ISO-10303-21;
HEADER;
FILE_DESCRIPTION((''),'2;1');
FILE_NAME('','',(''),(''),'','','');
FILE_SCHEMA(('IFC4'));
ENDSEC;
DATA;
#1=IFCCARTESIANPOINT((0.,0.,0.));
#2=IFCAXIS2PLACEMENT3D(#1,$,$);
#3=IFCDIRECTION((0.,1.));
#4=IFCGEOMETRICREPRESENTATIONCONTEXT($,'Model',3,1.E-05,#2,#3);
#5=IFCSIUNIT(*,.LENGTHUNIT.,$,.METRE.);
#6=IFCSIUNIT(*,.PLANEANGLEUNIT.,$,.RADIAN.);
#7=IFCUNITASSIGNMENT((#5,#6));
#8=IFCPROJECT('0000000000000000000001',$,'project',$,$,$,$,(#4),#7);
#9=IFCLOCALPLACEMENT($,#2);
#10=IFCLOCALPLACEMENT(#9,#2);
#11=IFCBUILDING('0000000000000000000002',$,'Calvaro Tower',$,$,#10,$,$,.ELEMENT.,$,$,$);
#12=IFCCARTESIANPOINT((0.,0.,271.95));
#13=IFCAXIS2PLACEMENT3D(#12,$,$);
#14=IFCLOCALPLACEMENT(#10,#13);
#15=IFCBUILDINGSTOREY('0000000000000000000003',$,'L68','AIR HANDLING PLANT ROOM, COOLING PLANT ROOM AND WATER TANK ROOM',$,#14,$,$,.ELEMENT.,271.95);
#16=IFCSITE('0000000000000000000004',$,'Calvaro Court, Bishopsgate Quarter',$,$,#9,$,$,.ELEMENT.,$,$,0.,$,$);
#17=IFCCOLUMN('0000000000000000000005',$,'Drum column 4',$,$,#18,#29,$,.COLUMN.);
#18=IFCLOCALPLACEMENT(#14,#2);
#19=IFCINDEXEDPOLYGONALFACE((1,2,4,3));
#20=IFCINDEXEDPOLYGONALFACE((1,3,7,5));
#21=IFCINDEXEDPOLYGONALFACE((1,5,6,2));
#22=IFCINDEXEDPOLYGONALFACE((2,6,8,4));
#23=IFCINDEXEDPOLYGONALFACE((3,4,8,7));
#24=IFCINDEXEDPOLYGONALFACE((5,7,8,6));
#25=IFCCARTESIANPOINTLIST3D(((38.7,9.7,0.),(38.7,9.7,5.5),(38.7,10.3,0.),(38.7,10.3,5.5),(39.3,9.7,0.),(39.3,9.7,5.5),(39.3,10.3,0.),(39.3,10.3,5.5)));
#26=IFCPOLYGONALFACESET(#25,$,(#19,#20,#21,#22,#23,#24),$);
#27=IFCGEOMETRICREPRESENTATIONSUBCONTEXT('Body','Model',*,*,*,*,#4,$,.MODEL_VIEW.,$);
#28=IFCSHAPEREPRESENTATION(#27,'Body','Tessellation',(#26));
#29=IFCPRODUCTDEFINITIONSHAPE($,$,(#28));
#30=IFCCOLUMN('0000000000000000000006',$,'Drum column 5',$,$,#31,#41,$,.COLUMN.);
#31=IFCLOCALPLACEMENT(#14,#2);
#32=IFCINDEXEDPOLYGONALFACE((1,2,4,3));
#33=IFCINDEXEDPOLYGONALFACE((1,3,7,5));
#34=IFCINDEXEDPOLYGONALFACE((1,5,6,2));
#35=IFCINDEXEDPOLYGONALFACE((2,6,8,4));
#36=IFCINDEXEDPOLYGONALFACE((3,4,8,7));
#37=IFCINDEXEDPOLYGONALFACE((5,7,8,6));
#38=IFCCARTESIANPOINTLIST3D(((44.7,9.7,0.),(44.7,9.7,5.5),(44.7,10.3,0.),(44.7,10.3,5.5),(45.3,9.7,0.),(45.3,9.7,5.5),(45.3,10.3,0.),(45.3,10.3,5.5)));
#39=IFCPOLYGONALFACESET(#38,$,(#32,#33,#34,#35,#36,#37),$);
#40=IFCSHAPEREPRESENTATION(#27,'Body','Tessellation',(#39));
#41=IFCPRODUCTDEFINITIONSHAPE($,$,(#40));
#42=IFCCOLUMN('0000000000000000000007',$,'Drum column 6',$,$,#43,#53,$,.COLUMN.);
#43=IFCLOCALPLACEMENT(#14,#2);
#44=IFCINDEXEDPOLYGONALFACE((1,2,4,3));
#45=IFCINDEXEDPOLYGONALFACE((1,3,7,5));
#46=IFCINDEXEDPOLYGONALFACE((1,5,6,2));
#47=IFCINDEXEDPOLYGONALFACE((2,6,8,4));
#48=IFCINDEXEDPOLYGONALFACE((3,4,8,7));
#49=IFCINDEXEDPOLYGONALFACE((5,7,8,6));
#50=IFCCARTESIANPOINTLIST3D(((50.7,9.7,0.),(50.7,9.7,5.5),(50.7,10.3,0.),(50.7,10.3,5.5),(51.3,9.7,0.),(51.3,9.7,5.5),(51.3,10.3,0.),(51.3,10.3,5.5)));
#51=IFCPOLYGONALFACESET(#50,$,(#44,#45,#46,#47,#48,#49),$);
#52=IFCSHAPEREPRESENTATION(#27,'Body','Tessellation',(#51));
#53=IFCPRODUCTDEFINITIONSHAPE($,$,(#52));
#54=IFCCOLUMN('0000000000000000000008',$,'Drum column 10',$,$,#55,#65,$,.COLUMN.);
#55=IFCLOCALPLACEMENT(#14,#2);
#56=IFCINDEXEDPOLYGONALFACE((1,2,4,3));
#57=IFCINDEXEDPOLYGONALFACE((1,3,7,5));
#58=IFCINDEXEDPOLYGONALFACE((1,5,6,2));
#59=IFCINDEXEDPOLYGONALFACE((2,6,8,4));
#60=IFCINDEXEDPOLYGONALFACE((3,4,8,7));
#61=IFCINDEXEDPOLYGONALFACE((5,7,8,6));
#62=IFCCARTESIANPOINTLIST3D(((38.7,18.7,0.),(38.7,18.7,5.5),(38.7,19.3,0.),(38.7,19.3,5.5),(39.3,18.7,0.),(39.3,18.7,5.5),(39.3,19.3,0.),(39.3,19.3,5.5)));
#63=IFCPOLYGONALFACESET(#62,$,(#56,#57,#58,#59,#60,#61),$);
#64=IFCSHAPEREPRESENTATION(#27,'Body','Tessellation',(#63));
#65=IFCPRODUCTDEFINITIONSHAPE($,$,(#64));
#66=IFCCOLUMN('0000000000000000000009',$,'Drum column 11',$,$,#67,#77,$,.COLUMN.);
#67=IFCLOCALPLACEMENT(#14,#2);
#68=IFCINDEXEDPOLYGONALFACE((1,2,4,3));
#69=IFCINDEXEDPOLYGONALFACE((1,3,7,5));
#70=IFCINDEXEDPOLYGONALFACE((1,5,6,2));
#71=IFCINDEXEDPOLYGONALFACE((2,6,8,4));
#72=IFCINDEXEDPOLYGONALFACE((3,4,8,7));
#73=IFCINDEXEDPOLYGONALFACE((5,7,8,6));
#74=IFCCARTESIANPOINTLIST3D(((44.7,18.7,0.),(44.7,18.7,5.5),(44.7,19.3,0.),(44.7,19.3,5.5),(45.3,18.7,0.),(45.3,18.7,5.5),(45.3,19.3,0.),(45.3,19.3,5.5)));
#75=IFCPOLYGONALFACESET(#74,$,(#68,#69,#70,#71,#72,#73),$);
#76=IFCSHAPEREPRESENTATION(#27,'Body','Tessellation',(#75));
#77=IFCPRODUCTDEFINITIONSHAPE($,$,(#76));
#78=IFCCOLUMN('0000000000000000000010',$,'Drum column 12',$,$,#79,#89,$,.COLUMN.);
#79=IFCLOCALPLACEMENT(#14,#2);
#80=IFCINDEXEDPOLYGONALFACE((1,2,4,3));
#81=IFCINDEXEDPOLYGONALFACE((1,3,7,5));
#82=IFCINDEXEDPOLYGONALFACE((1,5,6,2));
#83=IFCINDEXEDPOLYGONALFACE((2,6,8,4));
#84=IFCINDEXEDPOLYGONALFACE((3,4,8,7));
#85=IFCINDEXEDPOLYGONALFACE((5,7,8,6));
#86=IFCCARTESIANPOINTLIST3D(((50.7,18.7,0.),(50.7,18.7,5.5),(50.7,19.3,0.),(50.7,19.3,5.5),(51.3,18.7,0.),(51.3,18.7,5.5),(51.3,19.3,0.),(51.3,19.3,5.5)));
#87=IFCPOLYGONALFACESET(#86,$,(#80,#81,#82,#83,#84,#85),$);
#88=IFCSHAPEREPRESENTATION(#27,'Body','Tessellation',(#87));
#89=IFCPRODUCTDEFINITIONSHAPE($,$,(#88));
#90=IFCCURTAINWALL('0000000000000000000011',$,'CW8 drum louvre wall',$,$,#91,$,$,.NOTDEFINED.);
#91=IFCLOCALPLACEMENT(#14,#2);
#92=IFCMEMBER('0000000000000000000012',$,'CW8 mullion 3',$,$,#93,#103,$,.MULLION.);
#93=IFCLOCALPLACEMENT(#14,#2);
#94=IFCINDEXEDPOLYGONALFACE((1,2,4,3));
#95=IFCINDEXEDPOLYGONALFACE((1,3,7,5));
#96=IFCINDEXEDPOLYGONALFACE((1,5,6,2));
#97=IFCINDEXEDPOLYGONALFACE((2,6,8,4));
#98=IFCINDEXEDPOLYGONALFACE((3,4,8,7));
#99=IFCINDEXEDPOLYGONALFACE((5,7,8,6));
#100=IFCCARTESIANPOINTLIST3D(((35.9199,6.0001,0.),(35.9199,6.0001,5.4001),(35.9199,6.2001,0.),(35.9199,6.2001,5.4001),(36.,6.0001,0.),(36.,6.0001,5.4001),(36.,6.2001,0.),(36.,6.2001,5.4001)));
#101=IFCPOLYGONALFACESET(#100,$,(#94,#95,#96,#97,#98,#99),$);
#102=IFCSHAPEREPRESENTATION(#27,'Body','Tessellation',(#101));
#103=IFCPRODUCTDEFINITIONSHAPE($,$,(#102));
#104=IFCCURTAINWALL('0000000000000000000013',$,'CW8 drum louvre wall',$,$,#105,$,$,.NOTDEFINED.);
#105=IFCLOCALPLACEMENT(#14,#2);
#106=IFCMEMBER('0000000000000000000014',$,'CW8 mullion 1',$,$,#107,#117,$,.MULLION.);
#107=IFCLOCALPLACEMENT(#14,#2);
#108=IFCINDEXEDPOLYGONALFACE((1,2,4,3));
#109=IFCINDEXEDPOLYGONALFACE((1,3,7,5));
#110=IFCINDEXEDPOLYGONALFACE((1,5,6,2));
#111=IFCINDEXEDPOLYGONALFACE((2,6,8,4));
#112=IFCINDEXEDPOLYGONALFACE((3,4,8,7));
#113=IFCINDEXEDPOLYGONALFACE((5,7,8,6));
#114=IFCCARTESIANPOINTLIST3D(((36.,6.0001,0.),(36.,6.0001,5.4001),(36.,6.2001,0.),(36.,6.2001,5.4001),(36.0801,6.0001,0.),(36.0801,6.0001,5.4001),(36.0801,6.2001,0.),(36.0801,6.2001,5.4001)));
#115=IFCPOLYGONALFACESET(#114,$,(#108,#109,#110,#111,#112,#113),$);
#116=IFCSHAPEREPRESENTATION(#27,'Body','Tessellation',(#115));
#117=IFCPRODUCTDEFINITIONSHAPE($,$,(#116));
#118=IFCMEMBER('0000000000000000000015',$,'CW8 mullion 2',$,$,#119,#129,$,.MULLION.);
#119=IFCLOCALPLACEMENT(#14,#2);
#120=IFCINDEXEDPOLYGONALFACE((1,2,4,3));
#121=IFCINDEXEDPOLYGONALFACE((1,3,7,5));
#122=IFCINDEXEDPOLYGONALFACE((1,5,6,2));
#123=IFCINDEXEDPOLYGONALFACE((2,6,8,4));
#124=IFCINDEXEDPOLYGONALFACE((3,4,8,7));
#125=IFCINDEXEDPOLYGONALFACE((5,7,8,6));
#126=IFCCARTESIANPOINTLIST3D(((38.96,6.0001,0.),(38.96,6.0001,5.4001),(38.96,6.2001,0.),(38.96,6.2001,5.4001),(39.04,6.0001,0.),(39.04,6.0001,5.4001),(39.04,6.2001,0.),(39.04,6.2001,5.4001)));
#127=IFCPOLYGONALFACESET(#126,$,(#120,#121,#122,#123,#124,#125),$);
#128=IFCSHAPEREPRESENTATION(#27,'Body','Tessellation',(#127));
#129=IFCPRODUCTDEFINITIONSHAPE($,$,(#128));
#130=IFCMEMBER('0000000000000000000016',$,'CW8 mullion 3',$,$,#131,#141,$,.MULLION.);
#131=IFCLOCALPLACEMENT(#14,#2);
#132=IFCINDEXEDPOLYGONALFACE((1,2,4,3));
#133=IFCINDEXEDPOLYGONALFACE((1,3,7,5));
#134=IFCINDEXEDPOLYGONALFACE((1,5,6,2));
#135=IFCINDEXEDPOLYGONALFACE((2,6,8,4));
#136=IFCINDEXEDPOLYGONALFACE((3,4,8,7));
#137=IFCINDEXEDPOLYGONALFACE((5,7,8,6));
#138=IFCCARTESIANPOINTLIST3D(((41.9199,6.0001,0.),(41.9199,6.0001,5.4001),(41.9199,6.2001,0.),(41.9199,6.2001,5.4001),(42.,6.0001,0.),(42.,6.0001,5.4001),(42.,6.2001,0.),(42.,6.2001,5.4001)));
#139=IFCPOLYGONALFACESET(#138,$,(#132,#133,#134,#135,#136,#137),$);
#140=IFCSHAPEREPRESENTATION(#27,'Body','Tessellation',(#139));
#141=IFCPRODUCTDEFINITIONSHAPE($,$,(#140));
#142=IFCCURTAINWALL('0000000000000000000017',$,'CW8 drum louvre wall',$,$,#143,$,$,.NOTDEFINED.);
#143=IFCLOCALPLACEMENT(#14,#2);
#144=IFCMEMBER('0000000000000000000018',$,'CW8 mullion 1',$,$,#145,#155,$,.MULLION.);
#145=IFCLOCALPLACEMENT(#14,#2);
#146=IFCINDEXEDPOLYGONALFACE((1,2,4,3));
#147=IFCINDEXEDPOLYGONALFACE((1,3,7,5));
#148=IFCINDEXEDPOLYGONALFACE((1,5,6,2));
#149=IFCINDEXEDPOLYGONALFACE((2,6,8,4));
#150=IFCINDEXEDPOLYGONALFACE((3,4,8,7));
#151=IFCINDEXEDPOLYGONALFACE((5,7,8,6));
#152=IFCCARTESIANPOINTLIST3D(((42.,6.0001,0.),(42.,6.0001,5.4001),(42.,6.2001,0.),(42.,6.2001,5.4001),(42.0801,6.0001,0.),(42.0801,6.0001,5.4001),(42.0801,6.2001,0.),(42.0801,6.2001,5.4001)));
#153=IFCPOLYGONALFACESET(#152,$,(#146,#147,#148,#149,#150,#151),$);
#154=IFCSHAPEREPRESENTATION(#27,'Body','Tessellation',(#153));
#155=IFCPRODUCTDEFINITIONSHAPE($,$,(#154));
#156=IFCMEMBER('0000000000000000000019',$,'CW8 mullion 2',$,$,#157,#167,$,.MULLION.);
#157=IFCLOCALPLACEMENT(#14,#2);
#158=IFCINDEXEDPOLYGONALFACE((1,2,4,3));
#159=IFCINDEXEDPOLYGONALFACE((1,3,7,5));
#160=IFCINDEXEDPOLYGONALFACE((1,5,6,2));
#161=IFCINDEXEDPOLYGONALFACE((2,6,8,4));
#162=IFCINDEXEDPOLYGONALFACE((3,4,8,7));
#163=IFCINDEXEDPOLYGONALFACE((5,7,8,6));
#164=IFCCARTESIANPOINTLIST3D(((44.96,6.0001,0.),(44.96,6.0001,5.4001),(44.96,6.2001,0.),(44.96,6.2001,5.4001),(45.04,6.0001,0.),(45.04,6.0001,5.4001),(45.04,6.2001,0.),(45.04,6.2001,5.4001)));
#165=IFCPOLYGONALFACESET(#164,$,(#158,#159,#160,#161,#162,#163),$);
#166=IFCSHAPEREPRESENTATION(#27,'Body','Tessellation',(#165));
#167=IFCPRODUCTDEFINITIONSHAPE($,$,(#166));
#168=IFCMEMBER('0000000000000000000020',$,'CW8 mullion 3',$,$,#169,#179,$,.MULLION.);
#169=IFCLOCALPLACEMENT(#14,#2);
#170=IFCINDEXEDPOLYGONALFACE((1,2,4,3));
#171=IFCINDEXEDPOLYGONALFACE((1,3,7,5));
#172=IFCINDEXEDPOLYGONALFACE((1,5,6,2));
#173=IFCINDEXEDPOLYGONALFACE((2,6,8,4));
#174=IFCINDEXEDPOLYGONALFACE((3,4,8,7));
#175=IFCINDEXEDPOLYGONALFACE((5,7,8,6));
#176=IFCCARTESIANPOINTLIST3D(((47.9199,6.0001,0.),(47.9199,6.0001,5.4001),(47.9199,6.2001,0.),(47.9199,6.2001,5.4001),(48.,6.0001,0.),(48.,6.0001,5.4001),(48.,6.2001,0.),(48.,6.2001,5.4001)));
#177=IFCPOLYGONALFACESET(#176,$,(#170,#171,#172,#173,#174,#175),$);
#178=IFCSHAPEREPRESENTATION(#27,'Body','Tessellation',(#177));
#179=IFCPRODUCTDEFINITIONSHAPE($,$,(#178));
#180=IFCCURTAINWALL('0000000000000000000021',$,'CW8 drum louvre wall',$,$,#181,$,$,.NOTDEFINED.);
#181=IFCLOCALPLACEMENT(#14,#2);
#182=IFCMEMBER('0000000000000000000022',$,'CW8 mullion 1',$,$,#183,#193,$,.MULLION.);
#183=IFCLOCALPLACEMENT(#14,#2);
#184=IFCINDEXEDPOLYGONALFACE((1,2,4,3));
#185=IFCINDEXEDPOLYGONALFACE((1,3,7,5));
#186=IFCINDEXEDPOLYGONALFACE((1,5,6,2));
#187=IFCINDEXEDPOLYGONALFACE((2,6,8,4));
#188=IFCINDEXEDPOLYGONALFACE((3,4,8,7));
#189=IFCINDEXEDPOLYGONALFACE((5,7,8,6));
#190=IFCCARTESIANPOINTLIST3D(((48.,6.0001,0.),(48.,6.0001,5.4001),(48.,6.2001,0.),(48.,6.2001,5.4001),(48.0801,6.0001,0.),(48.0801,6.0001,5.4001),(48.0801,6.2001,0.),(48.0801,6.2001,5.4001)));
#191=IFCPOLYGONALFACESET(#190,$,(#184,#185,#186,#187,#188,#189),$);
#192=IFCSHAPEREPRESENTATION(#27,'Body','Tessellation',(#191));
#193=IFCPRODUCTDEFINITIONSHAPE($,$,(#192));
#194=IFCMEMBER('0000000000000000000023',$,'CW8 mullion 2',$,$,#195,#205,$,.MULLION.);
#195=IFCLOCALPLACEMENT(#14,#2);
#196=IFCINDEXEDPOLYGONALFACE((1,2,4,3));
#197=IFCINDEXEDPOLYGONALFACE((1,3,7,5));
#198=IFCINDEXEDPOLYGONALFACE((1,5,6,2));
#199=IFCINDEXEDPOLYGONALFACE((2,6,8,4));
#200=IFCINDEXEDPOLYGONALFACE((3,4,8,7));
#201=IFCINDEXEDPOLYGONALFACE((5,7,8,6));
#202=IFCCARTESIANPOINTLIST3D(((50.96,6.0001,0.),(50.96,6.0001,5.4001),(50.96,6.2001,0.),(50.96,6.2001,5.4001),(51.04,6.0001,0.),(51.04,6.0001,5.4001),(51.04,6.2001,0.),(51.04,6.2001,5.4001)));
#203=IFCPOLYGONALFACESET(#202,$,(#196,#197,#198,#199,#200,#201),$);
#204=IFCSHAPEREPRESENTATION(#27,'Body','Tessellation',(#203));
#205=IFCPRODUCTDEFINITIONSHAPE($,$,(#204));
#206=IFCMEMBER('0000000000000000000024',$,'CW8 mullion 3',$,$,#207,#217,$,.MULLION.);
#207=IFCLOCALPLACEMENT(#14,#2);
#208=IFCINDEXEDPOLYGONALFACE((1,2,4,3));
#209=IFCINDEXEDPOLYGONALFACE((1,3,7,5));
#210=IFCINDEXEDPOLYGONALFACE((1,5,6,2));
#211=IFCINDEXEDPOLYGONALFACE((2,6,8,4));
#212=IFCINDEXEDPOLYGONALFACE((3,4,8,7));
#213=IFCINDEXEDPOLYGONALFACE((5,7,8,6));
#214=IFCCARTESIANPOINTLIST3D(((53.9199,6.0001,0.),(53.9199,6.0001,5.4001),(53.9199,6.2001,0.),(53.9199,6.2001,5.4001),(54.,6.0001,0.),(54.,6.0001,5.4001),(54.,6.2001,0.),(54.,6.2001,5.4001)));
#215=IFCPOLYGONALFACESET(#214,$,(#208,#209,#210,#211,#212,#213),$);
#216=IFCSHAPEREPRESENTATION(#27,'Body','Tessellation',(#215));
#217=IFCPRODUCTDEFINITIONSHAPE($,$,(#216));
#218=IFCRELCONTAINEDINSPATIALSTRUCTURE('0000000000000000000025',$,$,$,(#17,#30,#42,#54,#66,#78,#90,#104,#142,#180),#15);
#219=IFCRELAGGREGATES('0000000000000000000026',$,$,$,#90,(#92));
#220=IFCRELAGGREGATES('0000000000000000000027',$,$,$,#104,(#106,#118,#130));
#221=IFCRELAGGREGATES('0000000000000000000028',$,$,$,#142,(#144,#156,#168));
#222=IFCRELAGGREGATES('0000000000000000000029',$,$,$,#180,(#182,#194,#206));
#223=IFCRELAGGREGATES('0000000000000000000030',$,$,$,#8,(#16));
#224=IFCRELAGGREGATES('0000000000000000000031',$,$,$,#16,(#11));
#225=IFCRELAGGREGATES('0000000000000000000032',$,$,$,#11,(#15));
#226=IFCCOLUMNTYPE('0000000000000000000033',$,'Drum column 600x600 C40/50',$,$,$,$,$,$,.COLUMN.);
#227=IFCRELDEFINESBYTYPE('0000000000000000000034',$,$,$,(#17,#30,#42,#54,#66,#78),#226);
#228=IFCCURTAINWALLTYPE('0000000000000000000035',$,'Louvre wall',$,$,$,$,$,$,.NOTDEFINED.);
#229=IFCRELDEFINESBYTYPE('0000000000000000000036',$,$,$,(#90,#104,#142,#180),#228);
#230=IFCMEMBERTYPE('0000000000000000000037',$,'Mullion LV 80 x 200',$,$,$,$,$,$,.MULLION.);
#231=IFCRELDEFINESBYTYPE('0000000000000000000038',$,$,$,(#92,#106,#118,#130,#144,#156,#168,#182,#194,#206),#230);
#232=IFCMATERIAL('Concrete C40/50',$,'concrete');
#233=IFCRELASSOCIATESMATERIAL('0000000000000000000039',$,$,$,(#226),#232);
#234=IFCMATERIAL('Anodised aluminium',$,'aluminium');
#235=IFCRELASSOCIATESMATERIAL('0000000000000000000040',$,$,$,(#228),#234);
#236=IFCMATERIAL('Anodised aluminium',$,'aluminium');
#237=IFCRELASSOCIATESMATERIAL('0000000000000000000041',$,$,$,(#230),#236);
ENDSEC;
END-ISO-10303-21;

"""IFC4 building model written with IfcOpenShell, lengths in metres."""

from ifc_helpers import new_model, si_unit, direction, frame, origin, origin_2d, place, context, subcontext, project, spatial, rectangle, extrude, material, material_profile, profile_set, type_object, element, aggregate, save


model = new_model("IFC4")

# Units and contexts
model_context = context("Model", 3, precision=1e-05, world=origin(), true_north=direction((0.0, 1.0)))
body_context = subcontext(model_context, "Body", "Model", "MODEL_VIEW")
ifc_project = project(units=[si_unit("LENGTHUNIT", "METRE"), si_unit("PLANEANGLEUNIT", "RADIAN")], contexts=[model_context])

# Site, building, storey
site_placement = place(None, origin())
site = spatial("IfcSite", under=ifc_project, at=site_placement, Name="Calvaro Court, Bishopsgate Quarter", CompositionType="ELEMENT", RefElevation=0.0)
building_placement = place(site_placement, origin())
building = spatial("IfcBuilding", under=site, at=building_placement, Name="Calvaro Tower", CompositionType="ELEMENT")
storey_placement = place(building_placement, frame((0.0, 0.0, 271.95)))
storey = spatial("IfcBuildingStorey", under=building, at=storey_placement, Name="L68", Description="AIR HANDLING PLANT ROOM, COOLING PLANT ROOM AND WATER TANK ROOM", CompositionType="ELEMENT", Elevation=271.95)

# Columns
ifc_material_1 = material(Name="Concrete C40/50", Category="concrete")
ifc_material_profile_1 = material_profile(ifc_material_1, rectangle(XDim=0.6001, YDim=0.6001, at=origin_2d()), Name="RC 600x600")
ifc_profile_set_1 = profile_set([ifc_material_profile_1], Name="Concrete C40/50")
column_type = type_object("IfcColumnType", Name="Drum column 600x600 C40/50", PredefinedType="COLUMN", material=ifc_profile_set_1)
for number, where, z_axis, x_axis, name in (
    (1, (39.0, 10.0, 0.0), (0.0, 0.0, 1.0), (1.0, 0.0, 0.0), "Drum column 4"),
    (2, (45.0, 10.0, 0.0), (0.0, 0.0, 1.0), (1.0, 0.0, 0.0), "Drum column 5"),
    (3, (51.0, 10.0, 0.0), (0.0, 0.0, 1.0), (1.0, 0.0, 0.0), "Drum column 6"),
    (4, (39.0, 19.0, 0.0), (0.0, 0.0, 1.0), (1.0, 0.0, 0.0), "Drum column 10"),
    (5, (45.0, 19.0, 0.0), (0.0, 0.0, 1.0), (1.0, 0.0, 0.0), "Drum column 11"),
    (6, (51.0, 19.0, 0.0), (0.0, 0.0, 1.0), (1.0, 0.0, 0.0), "Drum column 12"),
):
    element("IfcColumn", number, at=place(storey_placement, frame(where, z_axis=z_axis, x_axis=x_axis)), inside=storey, type_object=column_type, Name=name, PredefinedType="COLUMN", context=body_context, shape_type="SweptSolid", body=[
        extrude(rectangle(XDim=0.6001, YDim=0.6001, at=origin_2d()), origin(), (0.0, 0.0, 1.0), 5.5),
    ])

# Curtain wall, member
ifc_material_2 = material(Name="Anodised aluminium", Category="aluminium")
curtain_wall_type = type_object("IfcCurtainWallType", Name="Louvre wall", PredefinedType="NOTDEFINED", material=ifc_material_2)
curtain_wall_1_placement = place(storey_placement, origin())
curtain_wall_1 = element("IfcCurtainWall", 7, at=curtain_wall_1_placement, inside=storey, type_object=curtain_wall_type, Name="CW8 drum louvre wall", PredefinedType="NOTDEFINED")
ifc_material_3 = material(Name="Anodised aluminium", Category="aluminium")
ifc_material_profile_2 = material_profile(ifc_material_3, rectangle(XDim=0.2, YDim=0.0801, at=origin_2d()), Name="Mullion LV 80 x 200")
ifc_profile_set_2 = profile_set([ifc_material_profile_2], Name="Anodised aluminium")
member_type_1 = type_object("IfcMemberType", Name="Mullion LV 80 x 200", PredefinedType="MULLION", material=ifc_profile_set_2)
member_1_placement = place(storey_placement, frame((35.96, 6.1001, 0.0), z_axis=(0.0, 0.0, 1.0), x_axis=(0.0, 1.0, 0.0)))
member_1 = element("IfcMember", 8, at=member_1_placement, type_object=member_type_1, Name="CW8 mullion 3", PredefinedType="MULLION", context=body_context, shape_type="SweptSolid", body=[
    extrude(rectangle(XDim=0.2, YDim=0.0801, at=origin_2d()), origin(), (0.0, 0.0, 1.0), 5.4001),
])

# Curtain walls, members
curtain_wall_2_placement = place(storey_placement, origin())
curtain_wall_2 = element("IfcCurtainWall", 9, at=curtain_wall_2_placement, inside=storey, type_object=curtain_wall_type, Name="CW8 drum louvre wall", PredefinedType="NOTDEFINED")
member_2_placement = place(storey_placement, frame((36.04, 6.1001, 0.0), z_axis=(0.0, 0.0, 1.0), x_axis=(0.0, 1.0, 0.0)))
member_2 = element("IfcMember", 10, at=member_2_placement, type_object=member_type_1, Name="CW8 mullion 1", PredefinedType="MULLION", context=body_context, shape_type="SweptSolid", body=[
    extrude(rectangle(XDim=0.2, YDim=0.0801, at=origin_2d()), origin(), (0.0, 0.0, 1.0), 5.4001),
])
member_3_placement = place(storey_placement, frame((39.0, 6.1001, 0.0), z_axis=(0.0, 0.0, 1.0), x_axis=(0.0, 1.0, 0.0)))
member_3 = element("IfcMember", 11, at=member_3_placement, type_object=member_type_1, Name="CW8 mullion 2", PredefinedType="MULLION", context=body_context, shape_type="SweptSolid", body=[
    extrude(rectangle(XDim=0.2, YDim=0.0801, at=origin_2d()), origin(), (0.0, 0.0, 1.0), 5.4001),
])
member_4_placement = place(storey_placement, frame((41.96, 6.1001, 0.0), z_axis=(0.0, 0.0, 1.0), x_axis=(0.0, 1.0, 0.0)))
member_4 = element("IfcMember", 12, at=member_4_placement, type_object=member_type_1, Name="CW8 mullion 3", PredefinedType="MULLION", context=body_context, shape_type="SweptSolid", body=[
    extrude(rectangle(XDim=0.2, YDim=0.0801, at=origin_2d()), origin(), (0.0, 0.0, 1.0), 5.4001),
])
curtain_wall_3_placement = place(storey_placement, origin())
curtain_wall_3 = element("IfcCurtainWall", 13, at=curtain_wall_3_placement, inside=storey, type_object=curtain_wall_type, Name="CW8 drum louvre wall", PredefinedType="NOTDEFINED")
member_5_placement = place(storey_placement, frame((42.04, 6.1001, 0.0), z_axis=(0.0, 0.0, 1.0), x_axis=(0.0, 1.0, 0.0)))
member_5 = element("IfcMember", 14, at=member_5_placement, type_object=member_type_1, Name="CW8 mullion 1", PredefinedType="MULLION", context=body_context, shape_type="SweptSolid", body=[
    extrude(rectangle(XDim=0.2, YDim=0.0801, at=origin_2d()), origin(), (0.0, 0.0, 1.0), 5.4001),
])
member_6_placement = place(storey_placement, frame((45.0, 6.1001, 0.0), z_axis=(0.0, 0.0, 1.0), x_axis=(0.0, 1.0, 0.0)))
member_6 = element("IfcMember", 15, at=member_6_placement, type_object=member_type_1, Name="CW8 mullion 2", PredefinedType="MULLION", context=body_context, shape_type="SweptSolid", body=[
    extrude(rectangle(XDim=0.2, YDim=0.0801, at=origin_2d()), origin(), (0.0, 0.0, 1.0), 5.4001),
])
member_7_placement = place(storey_placement, frame((47.96, 6.1001, 0.0), z_axis=(0.0, 0.0, 1.0), x_axis=(0.0, 1.0, 0.0)))
member_7 = element("IfcMember", 16, at=member_7_placement, type_object=member_type_1, Name="CW8 mullion 3", PredefinedType="MULLION", context=body_context, shape_type="SweptSolid", body=[
    extrude(rectangle(XDim=0.2, YDim=0.0801, at=origin_2d()), origin(), (0.0, 0.0, 1.0), 5.4001),
])
curtain_wall_4_placement = place(storey_placement, origin())
curtain_wall_4 = element("IfcCurtainWall", 17, at=curtain_wall_4_placement, inside=storey, type_object=curtain_wall_type, Name="CW8 drum louvre wall", PredefinedType="NOTDEFINED")
member_8_placement = place(storey_placement, frame((48.04, 6.1001, 0.0), z_axis=(0.0, 0.0, 1.0), x_axis=(0.0, 1.0, 0.0)))
member_8 = element("IfcMember", 18, at=member_8_placement, type_object=member_type_1, Name="CW8 mullion 1", PredefinedType="MULLION", context=body_context, shape_type="SweptSolid", body=[
    extrude(rectangle(XDim=0.2, YDim=0.0801, at=origin_2d()), origin(), (0.0, 0.0, 1.0), 5.4001),
])
member_9_placement = place(storey_placement, frame((51.0, 6.1001, 0.0), z_axis=(0.0, 0.0, 1.0), x_axis=(0.0, 1.0, 0.0)))
member_9 = element("IfcMember", 19, at=member_9_placement, type_object=member_type_1, Name="CW8 mullion 2", PredefinedType="MULLION", context=body_context, shape_type="SweptSolid", body=[
    extrude(rectangle(XDim=0.2, YDim=0.0801, at=origin_2d()), origin(), (0.0, 0.0, 1.0), 5.4001),
])
member_10_placement = place(storey_placement, frame((53.96, 6.1001, 0.0), z_axis=(0.0, 0.0, 1.0), x_axis=(0.0, 1.0, 0.0)))
member_10 = element("IfcMember", 20, at=member_10_placement, type_object=member_type_1, Name="CW8 mullion 3", PredefinedType="MULLION", context=body_context, shape_type="SweptSolid", body=[
    extrude(rectangle(XDim=0.2, YDim=0.0801, at=origin_2d()), origin(), (0.0, 0.0, 1.0), 5.4001),
])

aggregate(curtain_wall_1, [member_1])
aggregate(curtain_wall_2, [member_2, member_3, member_4])
aggregate(curtain_wall_3, [member_5, member_6, member_7])
aggregate(curtain_wall_4, [member_8, member_9, member_10])

save(model, "model.ifc")
